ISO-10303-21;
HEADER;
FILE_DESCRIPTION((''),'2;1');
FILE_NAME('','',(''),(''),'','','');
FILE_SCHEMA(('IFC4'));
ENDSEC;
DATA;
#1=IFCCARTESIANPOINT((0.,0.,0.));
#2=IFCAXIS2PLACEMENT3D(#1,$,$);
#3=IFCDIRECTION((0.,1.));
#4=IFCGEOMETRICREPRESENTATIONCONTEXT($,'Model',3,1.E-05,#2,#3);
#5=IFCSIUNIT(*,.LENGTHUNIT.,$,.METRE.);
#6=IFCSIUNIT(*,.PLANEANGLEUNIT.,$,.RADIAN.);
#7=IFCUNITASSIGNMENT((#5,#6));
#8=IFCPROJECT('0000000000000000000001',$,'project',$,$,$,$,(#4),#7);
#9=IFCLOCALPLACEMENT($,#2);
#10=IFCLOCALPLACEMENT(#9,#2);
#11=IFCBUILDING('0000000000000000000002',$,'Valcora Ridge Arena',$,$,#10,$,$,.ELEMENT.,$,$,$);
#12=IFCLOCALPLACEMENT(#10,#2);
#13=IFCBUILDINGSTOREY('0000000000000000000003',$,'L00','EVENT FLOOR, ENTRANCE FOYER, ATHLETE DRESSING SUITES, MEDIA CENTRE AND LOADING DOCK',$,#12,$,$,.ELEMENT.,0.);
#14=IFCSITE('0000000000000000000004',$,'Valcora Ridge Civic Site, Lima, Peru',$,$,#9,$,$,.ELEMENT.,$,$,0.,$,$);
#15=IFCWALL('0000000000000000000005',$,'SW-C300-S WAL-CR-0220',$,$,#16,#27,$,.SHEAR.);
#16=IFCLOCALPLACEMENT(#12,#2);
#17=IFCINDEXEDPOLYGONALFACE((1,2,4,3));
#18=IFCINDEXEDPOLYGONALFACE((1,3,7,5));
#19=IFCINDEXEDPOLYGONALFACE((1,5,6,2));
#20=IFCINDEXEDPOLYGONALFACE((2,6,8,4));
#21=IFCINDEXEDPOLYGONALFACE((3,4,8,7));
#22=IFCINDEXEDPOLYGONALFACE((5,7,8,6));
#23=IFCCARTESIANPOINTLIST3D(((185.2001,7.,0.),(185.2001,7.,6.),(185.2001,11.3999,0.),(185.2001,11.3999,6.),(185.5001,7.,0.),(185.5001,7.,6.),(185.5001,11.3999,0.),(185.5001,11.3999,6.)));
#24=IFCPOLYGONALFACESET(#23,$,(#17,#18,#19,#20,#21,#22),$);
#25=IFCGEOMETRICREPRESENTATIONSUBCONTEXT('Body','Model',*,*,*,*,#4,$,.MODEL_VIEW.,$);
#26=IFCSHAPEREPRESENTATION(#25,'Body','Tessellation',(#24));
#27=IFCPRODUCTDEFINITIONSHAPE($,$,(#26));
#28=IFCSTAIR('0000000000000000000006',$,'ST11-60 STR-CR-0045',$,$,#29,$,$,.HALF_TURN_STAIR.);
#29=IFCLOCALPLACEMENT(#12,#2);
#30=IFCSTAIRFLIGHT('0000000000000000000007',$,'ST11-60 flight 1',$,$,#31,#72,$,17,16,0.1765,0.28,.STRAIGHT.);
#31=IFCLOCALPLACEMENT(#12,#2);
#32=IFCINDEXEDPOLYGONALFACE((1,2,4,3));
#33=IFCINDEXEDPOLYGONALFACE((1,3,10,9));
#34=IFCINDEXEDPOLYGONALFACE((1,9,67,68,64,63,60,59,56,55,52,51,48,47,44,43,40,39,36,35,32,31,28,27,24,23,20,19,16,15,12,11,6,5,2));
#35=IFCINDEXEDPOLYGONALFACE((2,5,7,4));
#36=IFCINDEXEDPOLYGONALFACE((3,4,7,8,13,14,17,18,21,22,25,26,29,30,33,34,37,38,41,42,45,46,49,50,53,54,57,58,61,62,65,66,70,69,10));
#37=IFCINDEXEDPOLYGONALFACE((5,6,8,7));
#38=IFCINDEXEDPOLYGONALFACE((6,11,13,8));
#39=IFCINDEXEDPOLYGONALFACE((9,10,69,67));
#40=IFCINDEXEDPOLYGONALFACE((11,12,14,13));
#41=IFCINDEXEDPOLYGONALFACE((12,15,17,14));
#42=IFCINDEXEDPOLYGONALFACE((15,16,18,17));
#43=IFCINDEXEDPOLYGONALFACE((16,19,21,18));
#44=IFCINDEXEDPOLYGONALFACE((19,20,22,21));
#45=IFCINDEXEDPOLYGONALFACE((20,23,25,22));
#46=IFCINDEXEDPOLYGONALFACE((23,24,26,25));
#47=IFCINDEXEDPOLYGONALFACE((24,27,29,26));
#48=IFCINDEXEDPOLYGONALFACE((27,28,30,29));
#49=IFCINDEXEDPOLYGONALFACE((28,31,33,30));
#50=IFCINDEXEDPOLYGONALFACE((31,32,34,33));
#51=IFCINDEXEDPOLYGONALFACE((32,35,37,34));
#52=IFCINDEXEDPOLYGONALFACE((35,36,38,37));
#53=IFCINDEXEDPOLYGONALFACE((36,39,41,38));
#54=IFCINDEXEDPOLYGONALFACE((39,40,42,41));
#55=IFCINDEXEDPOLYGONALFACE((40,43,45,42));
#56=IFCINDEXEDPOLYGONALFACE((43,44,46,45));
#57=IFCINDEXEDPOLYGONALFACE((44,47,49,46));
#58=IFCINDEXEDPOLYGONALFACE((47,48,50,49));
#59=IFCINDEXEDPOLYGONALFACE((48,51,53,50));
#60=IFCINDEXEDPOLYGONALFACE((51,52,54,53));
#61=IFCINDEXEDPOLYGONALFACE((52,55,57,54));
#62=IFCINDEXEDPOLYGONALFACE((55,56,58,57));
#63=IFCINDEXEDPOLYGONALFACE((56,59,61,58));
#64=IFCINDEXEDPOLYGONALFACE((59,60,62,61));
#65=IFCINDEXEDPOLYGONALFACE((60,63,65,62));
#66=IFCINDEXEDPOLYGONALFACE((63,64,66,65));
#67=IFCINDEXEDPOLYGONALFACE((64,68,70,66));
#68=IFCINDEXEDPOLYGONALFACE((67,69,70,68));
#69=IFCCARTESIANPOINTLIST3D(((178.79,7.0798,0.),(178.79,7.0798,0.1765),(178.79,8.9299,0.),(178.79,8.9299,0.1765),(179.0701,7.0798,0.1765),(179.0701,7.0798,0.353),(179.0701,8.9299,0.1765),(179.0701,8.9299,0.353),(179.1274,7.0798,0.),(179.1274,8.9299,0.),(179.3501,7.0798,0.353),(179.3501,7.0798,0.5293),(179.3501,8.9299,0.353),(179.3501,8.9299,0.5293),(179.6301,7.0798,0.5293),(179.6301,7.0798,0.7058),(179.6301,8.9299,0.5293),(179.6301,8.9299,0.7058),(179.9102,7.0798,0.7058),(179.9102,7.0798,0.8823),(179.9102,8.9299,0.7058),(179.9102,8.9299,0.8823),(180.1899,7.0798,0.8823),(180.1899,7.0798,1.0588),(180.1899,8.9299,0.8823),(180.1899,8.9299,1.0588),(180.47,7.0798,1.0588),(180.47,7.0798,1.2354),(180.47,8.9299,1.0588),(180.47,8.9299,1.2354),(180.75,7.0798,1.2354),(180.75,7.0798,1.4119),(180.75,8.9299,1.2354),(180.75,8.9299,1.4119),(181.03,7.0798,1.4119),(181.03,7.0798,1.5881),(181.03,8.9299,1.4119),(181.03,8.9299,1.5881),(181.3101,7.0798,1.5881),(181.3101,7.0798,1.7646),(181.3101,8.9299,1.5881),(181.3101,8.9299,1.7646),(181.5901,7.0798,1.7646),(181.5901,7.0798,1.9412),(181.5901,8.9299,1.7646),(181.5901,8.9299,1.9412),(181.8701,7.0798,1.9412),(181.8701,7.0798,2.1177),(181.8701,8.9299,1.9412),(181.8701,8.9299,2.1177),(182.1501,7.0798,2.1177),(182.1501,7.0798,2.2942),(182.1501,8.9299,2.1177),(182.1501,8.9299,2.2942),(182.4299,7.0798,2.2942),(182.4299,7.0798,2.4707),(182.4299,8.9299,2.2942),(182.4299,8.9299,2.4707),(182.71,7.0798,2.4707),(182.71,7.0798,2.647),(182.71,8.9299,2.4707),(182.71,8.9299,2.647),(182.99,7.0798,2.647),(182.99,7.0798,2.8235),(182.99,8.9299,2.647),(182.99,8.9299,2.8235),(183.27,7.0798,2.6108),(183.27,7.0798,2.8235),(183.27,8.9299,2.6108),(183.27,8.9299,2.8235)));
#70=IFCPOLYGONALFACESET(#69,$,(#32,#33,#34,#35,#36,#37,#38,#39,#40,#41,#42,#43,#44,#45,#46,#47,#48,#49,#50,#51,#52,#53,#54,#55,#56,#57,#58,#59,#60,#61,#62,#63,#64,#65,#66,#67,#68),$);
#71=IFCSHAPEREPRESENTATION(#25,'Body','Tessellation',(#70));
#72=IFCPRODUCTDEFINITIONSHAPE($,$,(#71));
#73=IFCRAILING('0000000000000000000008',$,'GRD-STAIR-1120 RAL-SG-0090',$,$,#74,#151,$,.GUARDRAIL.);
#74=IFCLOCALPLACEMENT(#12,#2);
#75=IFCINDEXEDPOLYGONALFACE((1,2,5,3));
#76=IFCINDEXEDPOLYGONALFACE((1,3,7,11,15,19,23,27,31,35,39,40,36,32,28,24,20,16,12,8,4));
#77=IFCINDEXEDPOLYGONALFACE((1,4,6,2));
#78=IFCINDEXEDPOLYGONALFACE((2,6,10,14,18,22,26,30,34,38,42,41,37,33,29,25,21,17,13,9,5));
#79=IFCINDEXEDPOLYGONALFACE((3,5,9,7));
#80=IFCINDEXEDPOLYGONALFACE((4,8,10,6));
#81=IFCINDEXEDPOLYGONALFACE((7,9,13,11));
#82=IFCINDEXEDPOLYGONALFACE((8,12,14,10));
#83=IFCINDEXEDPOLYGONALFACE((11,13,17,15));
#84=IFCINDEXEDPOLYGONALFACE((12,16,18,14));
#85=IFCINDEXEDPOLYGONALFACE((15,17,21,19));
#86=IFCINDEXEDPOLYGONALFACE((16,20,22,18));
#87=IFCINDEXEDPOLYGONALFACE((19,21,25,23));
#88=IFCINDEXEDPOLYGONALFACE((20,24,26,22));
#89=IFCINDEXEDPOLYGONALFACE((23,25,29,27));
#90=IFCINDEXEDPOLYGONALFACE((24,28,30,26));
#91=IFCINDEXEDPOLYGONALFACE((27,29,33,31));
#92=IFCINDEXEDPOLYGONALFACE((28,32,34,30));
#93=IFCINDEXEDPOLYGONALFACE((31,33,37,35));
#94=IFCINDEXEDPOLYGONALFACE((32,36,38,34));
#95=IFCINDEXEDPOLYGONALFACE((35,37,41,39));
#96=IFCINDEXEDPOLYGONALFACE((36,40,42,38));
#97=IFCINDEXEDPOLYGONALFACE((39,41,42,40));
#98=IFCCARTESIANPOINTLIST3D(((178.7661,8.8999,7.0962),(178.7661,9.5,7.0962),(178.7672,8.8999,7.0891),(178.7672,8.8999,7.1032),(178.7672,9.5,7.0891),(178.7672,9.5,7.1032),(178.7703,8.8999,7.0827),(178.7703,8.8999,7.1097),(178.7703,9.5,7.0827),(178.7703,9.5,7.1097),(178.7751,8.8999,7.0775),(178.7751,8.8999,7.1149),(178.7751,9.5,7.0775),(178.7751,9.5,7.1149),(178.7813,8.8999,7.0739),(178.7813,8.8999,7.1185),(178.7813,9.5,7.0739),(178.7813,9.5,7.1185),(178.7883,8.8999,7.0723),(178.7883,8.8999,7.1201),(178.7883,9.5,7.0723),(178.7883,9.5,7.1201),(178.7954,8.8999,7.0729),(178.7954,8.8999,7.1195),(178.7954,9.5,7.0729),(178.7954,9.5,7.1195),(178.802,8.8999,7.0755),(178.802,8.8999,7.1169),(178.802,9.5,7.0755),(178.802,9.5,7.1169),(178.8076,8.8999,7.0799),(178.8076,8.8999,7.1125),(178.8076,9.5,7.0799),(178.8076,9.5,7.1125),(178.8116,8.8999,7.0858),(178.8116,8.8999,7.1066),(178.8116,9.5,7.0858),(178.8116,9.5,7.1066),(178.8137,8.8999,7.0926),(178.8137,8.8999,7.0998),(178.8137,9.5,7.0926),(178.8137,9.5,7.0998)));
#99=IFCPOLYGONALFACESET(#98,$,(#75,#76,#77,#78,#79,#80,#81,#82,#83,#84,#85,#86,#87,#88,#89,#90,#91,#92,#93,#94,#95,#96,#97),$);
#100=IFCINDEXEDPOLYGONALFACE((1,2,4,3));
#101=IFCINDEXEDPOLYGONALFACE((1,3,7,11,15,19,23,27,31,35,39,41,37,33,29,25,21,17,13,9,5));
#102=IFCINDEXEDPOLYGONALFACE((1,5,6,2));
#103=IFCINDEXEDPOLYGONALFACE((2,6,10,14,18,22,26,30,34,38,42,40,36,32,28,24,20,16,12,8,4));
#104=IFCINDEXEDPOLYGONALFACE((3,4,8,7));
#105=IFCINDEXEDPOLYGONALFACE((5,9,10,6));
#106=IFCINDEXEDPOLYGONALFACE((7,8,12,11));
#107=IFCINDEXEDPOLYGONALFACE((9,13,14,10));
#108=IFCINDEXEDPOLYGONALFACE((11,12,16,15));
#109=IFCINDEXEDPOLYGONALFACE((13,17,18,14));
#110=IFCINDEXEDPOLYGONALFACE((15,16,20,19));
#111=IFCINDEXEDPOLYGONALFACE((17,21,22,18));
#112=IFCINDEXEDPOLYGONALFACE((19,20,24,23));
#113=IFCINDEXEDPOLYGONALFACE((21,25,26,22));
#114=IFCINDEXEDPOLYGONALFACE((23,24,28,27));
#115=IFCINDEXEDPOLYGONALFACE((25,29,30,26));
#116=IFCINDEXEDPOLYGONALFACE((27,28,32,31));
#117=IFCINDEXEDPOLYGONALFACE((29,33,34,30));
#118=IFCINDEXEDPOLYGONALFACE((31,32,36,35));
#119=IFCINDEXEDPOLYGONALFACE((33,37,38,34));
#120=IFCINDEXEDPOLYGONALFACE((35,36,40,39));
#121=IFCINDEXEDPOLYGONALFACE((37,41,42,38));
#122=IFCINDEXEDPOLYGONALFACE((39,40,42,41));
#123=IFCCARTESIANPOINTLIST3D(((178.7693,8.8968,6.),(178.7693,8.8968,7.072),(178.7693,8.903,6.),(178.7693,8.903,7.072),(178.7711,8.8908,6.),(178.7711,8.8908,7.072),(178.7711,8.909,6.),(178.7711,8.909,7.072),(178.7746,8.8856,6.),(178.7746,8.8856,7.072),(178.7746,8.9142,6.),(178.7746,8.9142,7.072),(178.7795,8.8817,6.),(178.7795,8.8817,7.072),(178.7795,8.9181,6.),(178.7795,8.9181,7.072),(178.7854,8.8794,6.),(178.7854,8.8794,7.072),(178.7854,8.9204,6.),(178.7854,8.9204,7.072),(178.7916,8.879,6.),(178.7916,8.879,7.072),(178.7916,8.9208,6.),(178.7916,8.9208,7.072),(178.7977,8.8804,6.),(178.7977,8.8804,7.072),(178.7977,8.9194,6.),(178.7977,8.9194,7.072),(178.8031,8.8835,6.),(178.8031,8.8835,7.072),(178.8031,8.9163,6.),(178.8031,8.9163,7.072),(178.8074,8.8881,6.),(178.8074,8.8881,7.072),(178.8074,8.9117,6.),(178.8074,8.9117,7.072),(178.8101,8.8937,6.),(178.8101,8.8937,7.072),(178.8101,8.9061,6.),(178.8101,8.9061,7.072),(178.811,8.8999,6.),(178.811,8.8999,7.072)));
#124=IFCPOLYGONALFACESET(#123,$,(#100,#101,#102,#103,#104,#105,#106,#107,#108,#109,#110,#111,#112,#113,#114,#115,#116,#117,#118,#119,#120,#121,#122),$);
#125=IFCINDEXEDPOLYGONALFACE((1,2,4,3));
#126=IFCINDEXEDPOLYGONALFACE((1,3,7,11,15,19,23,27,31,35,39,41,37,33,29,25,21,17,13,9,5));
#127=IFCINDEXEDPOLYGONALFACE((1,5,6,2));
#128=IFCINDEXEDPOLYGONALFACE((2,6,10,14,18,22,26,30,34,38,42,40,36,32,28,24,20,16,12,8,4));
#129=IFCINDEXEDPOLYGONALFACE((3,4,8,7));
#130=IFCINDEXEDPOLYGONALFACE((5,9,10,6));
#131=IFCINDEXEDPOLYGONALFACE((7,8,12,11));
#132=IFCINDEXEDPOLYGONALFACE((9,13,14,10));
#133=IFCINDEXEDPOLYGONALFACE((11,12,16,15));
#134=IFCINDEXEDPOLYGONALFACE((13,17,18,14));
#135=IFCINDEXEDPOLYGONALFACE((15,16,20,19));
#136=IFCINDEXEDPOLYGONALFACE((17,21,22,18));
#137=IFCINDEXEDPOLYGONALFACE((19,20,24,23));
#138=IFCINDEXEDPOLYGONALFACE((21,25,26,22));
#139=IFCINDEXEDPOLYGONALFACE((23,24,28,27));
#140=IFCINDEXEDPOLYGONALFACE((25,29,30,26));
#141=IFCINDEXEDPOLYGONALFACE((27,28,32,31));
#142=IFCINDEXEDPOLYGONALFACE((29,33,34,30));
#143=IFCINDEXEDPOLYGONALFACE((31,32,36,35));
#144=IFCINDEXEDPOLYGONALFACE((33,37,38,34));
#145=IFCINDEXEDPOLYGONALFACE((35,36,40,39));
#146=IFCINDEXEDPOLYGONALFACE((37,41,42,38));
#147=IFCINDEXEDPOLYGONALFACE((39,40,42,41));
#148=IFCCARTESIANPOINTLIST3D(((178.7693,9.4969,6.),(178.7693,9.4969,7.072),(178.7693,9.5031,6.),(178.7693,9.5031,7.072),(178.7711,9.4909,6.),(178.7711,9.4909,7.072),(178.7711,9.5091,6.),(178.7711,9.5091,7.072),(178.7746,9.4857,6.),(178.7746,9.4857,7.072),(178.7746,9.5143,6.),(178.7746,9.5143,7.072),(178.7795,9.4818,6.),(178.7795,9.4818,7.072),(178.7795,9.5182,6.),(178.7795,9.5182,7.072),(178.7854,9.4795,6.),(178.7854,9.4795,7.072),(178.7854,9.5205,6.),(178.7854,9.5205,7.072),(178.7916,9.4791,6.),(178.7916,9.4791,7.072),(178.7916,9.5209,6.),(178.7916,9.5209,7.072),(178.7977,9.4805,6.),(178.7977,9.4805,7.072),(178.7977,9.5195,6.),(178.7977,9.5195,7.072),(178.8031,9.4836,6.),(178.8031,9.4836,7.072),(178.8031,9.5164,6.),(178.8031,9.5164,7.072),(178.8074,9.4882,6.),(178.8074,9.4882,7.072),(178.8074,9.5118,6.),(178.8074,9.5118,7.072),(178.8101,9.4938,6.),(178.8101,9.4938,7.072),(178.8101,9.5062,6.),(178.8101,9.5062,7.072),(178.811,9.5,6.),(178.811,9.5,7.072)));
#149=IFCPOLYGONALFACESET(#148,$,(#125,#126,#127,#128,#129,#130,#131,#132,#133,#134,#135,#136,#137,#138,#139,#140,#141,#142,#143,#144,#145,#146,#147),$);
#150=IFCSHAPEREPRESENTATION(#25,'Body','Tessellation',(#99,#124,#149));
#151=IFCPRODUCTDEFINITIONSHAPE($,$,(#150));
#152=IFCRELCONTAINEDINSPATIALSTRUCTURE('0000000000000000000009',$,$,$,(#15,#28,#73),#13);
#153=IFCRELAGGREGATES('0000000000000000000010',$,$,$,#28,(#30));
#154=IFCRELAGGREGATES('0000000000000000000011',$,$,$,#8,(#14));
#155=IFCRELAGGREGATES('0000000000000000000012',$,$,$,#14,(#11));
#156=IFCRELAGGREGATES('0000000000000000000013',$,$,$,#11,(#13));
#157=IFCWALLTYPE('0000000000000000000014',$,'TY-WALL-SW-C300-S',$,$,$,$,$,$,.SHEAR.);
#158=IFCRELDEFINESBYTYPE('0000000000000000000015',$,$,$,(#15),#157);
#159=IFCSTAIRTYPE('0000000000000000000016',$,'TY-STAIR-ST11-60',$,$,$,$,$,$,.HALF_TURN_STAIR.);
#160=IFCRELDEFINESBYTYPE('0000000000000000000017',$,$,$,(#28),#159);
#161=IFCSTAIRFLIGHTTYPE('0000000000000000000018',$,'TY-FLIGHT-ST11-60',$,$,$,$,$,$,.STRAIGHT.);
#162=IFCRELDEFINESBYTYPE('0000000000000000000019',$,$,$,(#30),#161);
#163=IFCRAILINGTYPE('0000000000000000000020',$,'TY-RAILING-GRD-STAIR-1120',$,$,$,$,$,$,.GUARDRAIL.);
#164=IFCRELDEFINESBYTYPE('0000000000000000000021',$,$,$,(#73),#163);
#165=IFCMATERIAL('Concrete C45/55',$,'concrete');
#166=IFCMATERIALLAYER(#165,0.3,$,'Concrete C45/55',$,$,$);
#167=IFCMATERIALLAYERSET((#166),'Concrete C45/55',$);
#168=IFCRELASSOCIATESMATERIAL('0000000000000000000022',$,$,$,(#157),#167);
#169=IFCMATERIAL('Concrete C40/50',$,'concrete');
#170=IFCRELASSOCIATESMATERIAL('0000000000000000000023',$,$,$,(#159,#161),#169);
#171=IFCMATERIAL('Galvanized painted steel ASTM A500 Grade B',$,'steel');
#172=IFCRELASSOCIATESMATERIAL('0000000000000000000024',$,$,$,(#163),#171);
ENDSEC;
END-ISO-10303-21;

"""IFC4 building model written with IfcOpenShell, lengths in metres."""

from ifc_helpers import new_model, si_unit, direction, frame, frame_2d, origin, origin_2d, place, context, subcontext, project, spatial, polyline, rectangle, circle, outline, extrude, material, layer, layer_set, type_object, element, aggregate, save


model = new_model("IFC4")

# Units and contexts
model_context = context("Model", 3, precision=1e-05, world=origin(), true_north=direction((0.0, 1.0)))
body_context = subcontext(model_context, "Body", "Model", "MODEL_VIEW")
ifc_project = project(units=[si_unit("LENGTHUNIT", "METRE"), si_unit("PLANEANGLEUNIT", "RADIAN")], contexts=[model_context])

# Site, building, storey
site_placement = place(None, origin())
site = spatial("IfcSite", under=ifc_project, at=site_placement, Name="Valcora Ridge Civic Site, Lima, Peru", CompositionType="ELEMENT", RefElevation=0.0)
building_placement = place(site_placement, origin())
building = spatial("IfcBuilding", under=site, at=building_placement, Name="Valcora Ridge Arena", CompositionType="ELEMENT")
storey_placement = place(building_placement, origin())
storey = spatial("IfcBuildingStorey", under=building, at=storey_placement, Name="L00", Description="EVENT FLOOR, ENTRANCE FOYER, ATHLETE DRESSING SUITES, MEDIA CENTRE AND LOADING DOCK", CompositionType="ELEMENT", Elevation=0.0)

# Shared definitions
ifc_material_1 = material(Name="Concrete C40/50", Category="concrete")

# Wall
ifc_material_2 = material(Name="Concrete C45/55", Category="concrete")
ifc_layer_1 = layer(ifc_material_2, 0.3, Name="Concrete C45/55")
ifc_layer_set_1 = layer_set([ifc_layer_1], Name="Concrete C45/55")
wall_type_1 = type_object("IfcWallType", Name="TY-WALL-SW-C300-S", PredefinedType="SHEAR", material=ifc_layer_set_1)
wall_1_placement = place(storey_placement, frame((185.3501, 7.0, 0.0), z_axis=(0.0, 0.0, 1.0), x_axis=(0.0, 1.0, 0.0)))
element("IfcWall", 1, at=wall_1_placement, inside=storey, type_object=wall_type_1, Name="SW-C300-S WAL-CR-0220", PredefinedType="SHEAR", context=body_context, shape_type="SweptSolid", body=[
    extrude(rectangle(XDim=4.3999, YDim=0.3, at=frame_2d((2.2, 0.0))), origin(), (0.0, 0.0, 1.0), 6.0),
])

# Stair, stair flight
stair_type = type_object("IfcStairType", Name="TY-STAIR-ST11-60", PredefinedType="HALF_TURN_STAIR", material=ifc_material_1)
stair_placement = place(storey_placement, origin())
stair = element("IfcStair", 2, at=stair_placement, inside=storey, type_object=stair_type, Name="ST11-60 STR-CR-0045", PredefinedType="HALF_TURN_STAIR")
stair_flight_type = type_object("IfcStairFlightType", Name="TY-FLIGHT-ST11-60", PredefinedType="STRAIGHT", material=ifc_material_1)
stair_flight_placement = place(storey_placement, frame((178.79, 8.0049, 0.0), z_axis=(0.0, 0.0, 1.0), x_axis=(1.0, 0.0, 0.0)))
stair_flight = element("IfcStairFlight", 3, at=stair_flight_placement, type_object=stair_flight_type, Name="ST11-60 flight 1", NumberOfRisers=17, NumberOfTreads=16, PredefinedType="STRAIGHT", RiserHeight=0.1765, TreadLength=0.28, context=body_context, shape_type="SweptSolid", body=[
    extrude(outline(polyline([(0.0, 0.0), (0.0, 0.1765), (0.28, 0.1765), (0.28, 0.353), (0.5601, 0.353), (0.5601, 0.5293), (0.8401, 0.5293), (0.8401, 0.7058), (1.1201, 0.7058), (1.1201, 0.8823), (1.3999, 0.8823), (1.3999, 1.0588), (1.6799, 1.0588), (1.6799, 1.2354), (1.96, 1.2354), (1.96, 1.4119), (2.24, 1.4119), (2.24, 1.5881), (2.52, 1.5881), (2.52, 1.7646), (2.8, 1.7646), (2.8, 1.9412), (3.0801, 1.9412), (3.0801, 2.1177), (3.3601, 2.1177), (3.3601, 2.2942), (3.6399, 2.2942), (3.6399, 2.4707), (3.9199, 2.4707), (3.9199, 2.647), (4.2, 2.647), (4.2, 2.8235), (4.48, 2.8235), (4.48, 3.0), (4.48, 2.6108), (0.3374, 0.0), (0.0, 0.0)])), frame((0.0, 0.925, 0.0), z_axis=(0.0, -1.0, 0.0), x_axis=(1.0, 0.0, 0.0)), (0.0, 0.0, 1.0), 1.8501),
])
aggregate(stair, [stair_flight])

# Railing
ifc_material_3 = material(Name="Galvanized painted steel ASTM A500 Grade B", Category="steel")
railing_type_1 = type_object("IfcRailingType", Name="TY-RAILING-GRD-STAIR-1120", PredefinedType="GUARDRAIL", material=ifc_material_3)
railing_1_placement = place(storey_placement, frame((178.79, 8.8999, 6.0)))
element("IfcRailing", 4, at=railing_1_placement, inside=storey, type_object=railing_type_1, Name="GRD-STAIR-1120 RAL-SG-0090", PredefinedType="GUARDRAIL", context=body_context, shape_type="SweptSolid", body=[
    extrude(circle(Radius=0.0239, at=origin_2d()), frame((0.0, 0.0, 1.0962), z_axis=(0.0, 1.0, 0.0), x_axis=(-1.0, 0.0, 0.0)), (0.0, 0.0, 1.0), 0.6001),
    extrude(circle(Radius=0.021, at=origin_2d()), origin(), (0.0, 0.0, 1.0), 1.072),
    extrude(circle(Radius=0.021, at=origin_2d()), frame((0.0, 0.6001, 0.0)), (0.0, 0.0, 1.0), 1.072),
])

save(model, "model.ifc")
